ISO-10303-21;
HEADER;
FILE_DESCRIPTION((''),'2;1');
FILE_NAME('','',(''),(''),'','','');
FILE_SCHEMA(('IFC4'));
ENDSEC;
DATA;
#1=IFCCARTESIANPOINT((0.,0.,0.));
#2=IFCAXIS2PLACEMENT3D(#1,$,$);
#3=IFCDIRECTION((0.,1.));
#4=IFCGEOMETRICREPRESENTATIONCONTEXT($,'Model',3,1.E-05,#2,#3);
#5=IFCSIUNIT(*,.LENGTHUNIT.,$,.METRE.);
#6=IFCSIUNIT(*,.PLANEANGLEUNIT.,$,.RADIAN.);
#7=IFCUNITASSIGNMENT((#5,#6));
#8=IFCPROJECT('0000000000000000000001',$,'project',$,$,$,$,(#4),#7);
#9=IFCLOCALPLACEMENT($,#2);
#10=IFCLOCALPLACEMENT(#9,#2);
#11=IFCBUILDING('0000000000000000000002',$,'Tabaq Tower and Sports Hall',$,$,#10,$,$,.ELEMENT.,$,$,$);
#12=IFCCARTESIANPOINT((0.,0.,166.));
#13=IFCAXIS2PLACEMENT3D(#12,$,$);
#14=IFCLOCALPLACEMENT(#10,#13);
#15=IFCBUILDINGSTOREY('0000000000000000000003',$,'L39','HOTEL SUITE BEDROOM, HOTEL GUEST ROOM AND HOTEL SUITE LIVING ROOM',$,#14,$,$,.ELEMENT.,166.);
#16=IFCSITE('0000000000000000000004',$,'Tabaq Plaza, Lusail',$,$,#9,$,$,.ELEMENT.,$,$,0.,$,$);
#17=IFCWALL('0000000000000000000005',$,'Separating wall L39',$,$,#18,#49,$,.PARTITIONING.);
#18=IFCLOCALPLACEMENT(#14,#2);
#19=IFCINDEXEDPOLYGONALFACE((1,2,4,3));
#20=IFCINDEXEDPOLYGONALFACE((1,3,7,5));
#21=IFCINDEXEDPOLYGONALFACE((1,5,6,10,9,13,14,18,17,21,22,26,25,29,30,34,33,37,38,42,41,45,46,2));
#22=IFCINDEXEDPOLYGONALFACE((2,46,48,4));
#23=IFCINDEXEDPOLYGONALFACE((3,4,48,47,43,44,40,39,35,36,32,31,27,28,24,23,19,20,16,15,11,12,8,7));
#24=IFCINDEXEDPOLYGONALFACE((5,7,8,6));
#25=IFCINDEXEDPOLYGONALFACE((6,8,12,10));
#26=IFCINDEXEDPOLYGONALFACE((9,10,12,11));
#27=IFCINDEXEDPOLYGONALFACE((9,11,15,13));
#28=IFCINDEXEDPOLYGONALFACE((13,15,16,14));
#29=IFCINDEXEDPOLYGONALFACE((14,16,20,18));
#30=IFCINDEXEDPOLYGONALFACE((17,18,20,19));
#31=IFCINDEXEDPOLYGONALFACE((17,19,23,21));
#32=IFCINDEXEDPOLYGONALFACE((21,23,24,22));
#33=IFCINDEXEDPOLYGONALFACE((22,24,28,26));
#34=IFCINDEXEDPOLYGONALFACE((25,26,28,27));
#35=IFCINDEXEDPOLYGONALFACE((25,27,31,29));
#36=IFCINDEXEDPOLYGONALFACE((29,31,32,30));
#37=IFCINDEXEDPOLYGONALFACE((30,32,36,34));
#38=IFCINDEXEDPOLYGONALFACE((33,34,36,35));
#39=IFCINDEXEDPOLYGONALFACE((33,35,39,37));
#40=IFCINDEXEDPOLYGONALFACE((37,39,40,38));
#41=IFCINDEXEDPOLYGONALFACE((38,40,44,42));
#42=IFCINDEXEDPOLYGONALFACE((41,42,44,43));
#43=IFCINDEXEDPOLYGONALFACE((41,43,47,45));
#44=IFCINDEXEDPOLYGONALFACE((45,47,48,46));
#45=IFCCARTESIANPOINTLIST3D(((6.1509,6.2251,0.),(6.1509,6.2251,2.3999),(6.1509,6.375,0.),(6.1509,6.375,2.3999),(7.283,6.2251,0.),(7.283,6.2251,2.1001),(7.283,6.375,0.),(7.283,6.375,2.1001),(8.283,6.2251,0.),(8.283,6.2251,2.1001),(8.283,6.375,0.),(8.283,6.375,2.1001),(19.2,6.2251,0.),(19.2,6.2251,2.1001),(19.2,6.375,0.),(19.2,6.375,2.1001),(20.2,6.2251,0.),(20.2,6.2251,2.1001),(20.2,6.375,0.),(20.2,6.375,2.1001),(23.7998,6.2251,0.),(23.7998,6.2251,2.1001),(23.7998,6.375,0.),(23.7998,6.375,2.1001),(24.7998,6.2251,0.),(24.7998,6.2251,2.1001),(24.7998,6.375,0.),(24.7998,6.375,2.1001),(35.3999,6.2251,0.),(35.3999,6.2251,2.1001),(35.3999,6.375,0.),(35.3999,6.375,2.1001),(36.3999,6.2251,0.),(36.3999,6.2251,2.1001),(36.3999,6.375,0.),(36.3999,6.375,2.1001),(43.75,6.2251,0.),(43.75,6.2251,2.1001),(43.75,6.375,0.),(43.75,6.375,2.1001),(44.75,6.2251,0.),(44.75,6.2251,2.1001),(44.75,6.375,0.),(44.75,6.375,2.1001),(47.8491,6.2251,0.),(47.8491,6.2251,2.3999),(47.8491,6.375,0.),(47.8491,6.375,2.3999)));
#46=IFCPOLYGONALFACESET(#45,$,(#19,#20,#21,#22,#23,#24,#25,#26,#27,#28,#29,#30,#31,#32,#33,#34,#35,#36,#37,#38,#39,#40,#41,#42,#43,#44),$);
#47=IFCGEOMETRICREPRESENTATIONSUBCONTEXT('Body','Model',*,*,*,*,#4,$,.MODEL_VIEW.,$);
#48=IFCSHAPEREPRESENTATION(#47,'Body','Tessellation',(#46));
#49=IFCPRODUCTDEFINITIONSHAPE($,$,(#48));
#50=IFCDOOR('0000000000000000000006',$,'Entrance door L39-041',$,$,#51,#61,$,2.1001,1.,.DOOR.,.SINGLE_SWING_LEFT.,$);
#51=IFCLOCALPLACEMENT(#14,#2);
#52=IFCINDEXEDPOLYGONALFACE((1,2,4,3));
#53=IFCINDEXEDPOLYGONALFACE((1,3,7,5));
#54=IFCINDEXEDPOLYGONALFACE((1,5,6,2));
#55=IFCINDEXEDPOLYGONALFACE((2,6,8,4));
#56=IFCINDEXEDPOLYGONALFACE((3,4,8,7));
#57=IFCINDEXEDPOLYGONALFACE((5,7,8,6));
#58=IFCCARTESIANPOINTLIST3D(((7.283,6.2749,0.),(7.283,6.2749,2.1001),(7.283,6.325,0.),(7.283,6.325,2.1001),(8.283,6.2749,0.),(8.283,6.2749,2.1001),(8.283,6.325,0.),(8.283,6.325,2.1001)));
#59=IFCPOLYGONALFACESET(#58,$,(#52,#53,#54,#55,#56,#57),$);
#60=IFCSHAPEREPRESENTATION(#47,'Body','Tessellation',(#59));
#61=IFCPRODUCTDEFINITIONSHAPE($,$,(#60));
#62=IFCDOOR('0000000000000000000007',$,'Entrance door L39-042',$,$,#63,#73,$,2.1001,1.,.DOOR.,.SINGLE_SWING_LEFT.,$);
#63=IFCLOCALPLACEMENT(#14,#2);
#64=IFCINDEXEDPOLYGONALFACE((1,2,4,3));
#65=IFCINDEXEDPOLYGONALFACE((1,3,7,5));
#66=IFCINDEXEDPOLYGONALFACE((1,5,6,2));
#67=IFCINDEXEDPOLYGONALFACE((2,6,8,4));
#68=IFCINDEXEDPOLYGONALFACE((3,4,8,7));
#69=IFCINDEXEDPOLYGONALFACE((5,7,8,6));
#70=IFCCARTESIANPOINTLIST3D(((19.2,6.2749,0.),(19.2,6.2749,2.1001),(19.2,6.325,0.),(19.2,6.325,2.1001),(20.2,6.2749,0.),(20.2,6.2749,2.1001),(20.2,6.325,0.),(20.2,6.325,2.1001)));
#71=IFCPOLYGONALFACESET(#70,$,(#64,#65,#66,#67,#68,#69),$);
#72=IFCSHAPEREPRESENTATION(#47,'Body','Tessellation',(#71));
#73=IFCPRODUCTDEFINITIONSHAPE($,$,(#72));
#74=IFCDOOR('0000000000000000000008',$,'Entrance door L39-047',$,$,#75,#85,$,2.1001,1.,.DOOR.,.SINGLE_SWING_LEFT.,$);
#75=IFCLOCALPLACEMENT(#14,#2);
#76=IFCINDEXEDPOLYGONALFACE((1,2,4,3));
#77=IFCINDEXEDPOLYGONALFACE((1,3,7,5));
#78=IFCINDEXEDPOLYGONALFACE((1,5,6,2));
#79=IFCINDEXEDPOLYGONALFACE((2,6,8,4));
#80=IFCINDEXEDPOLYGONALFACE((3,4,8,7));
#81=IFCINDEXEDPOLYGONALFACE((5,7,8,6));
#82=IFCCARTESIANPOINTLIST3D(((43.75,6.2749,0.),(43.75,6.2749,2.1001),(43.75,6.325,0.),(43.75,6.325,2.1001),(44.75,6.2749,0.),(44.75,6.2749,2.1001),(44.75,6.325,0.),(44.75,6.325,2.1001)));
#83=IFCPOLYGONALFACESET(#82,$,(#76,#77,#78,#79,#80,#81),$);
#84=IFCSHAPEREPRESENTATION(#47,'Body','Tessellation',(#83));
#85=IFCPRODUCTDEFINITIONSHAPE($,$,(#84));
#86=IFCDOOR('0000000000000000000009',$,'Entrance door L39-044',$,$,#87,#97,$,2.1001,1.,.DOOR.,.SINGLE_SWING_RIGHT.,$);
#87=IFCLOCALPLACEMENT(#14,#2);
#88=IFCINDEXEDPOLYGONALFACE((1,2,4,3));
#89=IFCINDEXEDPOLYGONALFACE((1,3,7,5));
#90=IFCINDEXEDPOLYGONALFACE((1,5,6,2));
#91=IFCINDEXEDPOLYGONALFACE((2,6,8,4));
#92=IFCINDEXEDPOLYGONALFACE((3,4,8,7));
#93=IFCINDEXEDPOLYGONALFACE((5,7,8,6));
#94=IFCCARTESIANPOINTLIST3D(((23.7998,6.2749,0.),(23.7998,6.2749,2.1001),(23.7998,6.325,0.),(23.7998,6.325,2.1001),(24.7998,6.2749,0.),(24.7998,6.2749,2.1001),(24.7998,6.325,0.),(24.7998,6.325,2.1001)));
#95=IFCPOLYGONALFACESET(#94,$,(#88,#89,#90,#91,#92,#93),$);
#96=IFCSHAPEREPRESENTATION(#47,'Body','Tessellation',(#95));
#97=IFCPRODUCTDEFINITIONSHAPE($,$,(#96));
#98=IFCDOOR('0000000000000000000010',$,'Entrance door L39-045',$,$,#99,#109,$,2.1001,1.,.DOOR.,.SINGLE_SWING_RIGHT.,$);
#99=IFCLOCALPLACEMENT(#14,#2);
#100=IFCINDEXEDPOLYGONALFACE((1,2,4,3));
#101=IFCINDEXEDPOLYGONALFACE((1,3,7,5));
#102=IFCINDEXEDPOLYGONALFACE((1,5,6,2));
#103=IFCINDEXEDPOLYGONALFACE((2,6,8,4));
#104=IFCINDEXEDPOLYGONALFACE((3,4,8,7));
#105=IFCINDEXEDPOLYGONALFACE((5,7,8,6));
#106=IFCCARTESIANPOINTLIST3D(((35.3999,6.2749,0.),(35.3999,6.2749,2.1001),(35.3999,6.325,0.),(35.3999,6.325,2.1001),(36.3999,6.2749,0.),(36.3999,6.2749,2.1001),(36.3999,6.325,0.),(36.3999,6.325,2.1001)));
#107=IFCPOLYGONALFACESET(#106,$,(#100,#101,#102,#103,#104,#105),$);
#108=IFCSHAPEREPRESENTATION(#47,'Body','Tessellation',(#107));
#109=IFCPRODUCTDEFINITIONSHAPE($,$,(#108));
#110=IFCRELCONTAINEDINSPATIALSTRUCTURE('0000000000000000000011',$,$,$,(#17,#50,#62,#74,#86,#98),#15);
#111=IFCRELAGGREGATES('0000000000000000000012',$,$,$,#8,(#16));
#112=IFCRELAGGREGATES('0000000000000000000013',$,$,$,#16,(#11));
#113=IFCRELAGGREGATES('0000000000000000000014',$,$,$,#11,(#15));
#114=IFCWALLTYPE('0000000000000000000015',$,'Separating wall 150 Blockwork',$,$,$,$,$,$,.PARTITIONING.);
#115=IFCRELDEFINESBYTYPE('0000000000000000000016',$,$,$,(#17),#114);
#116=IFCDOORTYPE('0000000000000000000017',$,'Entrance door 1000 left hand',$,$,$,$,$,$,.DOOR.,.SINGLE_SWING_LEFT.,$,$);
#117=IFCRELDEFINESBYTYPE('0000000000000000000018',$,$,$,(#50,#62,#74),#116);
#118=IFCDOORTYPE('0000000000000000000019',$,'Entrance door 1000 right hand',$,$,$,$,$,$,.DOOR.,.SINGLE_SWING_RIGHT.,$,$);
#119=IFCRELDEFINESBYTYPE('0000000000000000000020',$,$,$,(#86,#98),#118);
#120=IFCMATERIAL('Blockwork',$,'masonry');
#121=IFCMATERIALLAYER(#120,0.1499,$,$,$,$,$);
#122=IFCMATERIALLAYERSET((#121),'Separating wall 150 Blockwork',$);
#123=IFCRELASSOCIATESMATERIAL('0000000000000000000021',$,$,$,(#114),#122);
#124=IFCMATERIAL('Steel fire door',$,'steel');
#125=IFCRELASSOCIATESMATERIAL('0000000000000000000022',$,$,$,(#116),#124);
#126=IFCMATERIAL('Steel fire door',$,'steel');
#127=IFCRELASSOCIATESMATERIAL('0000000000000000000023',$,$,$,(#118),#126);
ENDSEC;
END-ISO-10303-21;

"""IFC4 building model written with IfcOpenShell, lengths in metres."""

from ifc_helpers import new_model, si_unit, direction, frame, frame_2d, origin, place, context, subcontext, project, spatial, rectangle, extrude, material, layer, layer_set, type_object, element, fill, save


model = new_model("IFC4")

# Units and contexts
model_context = context("Model", 3, precision=1e-05, world=origin(), true_north=direction((0.0, 1.0)))
body_context = subcontext(model_context, "Body", "Model", "MODEL_VIEW")
ifc_project = project(units=[si_unit("LENGTHUNIT", "METRE"), si_unit("PLANEANGLEUNIT", "RADIAN")], contexts=[model_context])

# Site, building, storey
site_placement = place(None, origin())
site = spatial("IfcSite", under=ifc_project, at=site_placement, Name="Tabaq Plaza, Lusail", CompositionType="ELEMENT", RefElevation=0.0)
building_placement = place(site_placement, origin())
building = spatial("IfcBuilding", under=site, at=building_placement, Name="Tabaq Tower and Sports Hall", CompositionType="ELEMENT")
storey_placement = place(building_placement, frame((0.0, 0.0, 166.0)))
storey = spatial("IfcBuildingStorey", under=building, at=storey_placement, Name="L39", Description="HOTEL SUITE BEDROOM, HOTEL GUEST ROOM AND HOTEL SUITE LIVING ROOM", CompositionType="ELEMENT", Elevation=166.0)

# Wall, openings, doors
ifc_material_1 = material(Name="Blockwork", Category="masonry")
ifc_layer_1 = layer(ifc_material_1, 0.1499)
ifc_layer_set_1 = layer_set([ifc_layer_1], Name="Separating wall 150 Blockwork")
wall_type_1 = type_object("IfcWallType", Name="Separating wall 150 Blockwork", PredefinedType="PARTITIONING", material=ifc_layer_set_1)
wall_1_placement = place(storey_placement, frame((6.1509, 6.3, 0.0), z_axis=(0.0, 0.0, 1.0), x_axis=(1.0, 0.0, 0.0)))
wall_1 = element("IfcWall", 1, at=wall_1_placement, inside=storey, type_object=wall_type_1, Name="Separating wall L39", PredefinedType="PARTITIONING", context=body_context, shape_type="SweptSolid", body=[
    extrude(rectangle(XDim=41.6982, YDim=0.1499, at=frame_2d((20.8491, 0.0))), origin(), (0.0, 0.0, 1.0), 2.3999),
])
opening_1_placement = place(wall_1_placement, frame((1.1321, 0.0, 0.0)))
opening_1 = element("IfcOpeningElement", 2, at=opening_1_placement, cuts=wall_1, PredefinedType="OPENING", context=body_context, shape_type="SweptSolid", body=[
    extrude(rectangle(XDim=1.0, YDim=2.1001, at=frame_2d((0.5, 1.05))), frame((0.0, 0.075, 0.0), z_axis=(0.0, -1.0, 0.0), x_axis=(1.0, 0.0, 0.0)), (0.0, 0.0, 1.0), 0.1499),
])
opening_2_placement = place(wall_1_placement, frame((13.0491, 0.0, 0.0)))
opening_2 = element("IfcOpeningElement", 3, at=opening_2_placement, cuts=wall_1, PredefinedType="OPENING", context=body_context, shape_type="SweptSolid", body=[
    extrude(rectangle(XDim=1.0, YDim=2.1001, at=frame_2d((0.5, 1.05))), frame((0.0, 0.075, 0.0), z_axis=(0.0, -1.0, 0.0), x_axis=(1.0, 0.0, 0.0)), (0.0, 0.0, 1.0), 0.1499),
])
opening_3_placement = place(wall_1_placement, frame((17.6489, 0.0, 0.0)))
opening_3 = element("IfcOpeningElement", 4, at=opening_3_placement, cuts=wall_1, PredefinedType="OPENING", context=body_context, shape_type="SweptSolid", body=[
    extrude(rectangle(XDim=1.0, YDim=2.1001, at=frame_2d((0.5, 1.05))), frame((0.0, 0.075, 0.0), z_axis=(0.0, -1.0, 0.0), x_axis=(1.0, 0.0, 0.0)), (0.0, 0.0, 1.0), 0.1499),
])
opening_4_placement = place(wall_1_placement, frame((29.249, 0.0, 0.0)))
opening_4 = element("IfcOpeningElement", 5, at=opening_4_placement, cuts=wall_1, PredefinedType="OPENING", context=body_context, shape_type="SweptSolid", body=[
    extrude(rectangle(XDim=1.0, YDim=2.1001, at=frame_2d((0.5, 1.05))), frame((0.0, 0.075, 0.0), z_axis=(0.0, -1.0, 0.0), x_axis=(1.0, 0.0, 0.0)), (0.0, 0.0, 1.0), 0.1499),
])
opening_5_placement = place(wall_1_placement, frame((37.5991, 0.0, 0.0)))
opening_5 = element("IfcOpeningElement", 6, at=opening_5_placement, cuts=wall_1, PredefinedType="OPENING", context=body_context, shape_type="SweptSolid", body=[
    extrude(rectangle(XDim=1.0, YDim=2.1001, at=frame_2d((0.5, 1.05))), frame((0.0, 0.075, 0.0), z_axis=(0.0, -1.0, 0.0), x_axis=(1.0, 0.0, 0.0)), (0.0, 0.0, 1.0), 0.1499),
])
ifc_material_2 = material(Name="Steel fire door", Category="steel")
door_type_1 = type_object("IfcDoorType", Name="Entrance door 1000 left hand", OperationType="SINGLE_SWING_LEFT", PredefinedType="DOOR", material=ifc_material_2)
door_1_placement = place(opening_1_placement, origin())
door_1 = element("IfcDoor", 7, at=door_1_placement, inside=storey, type_object=door_type_1, Name="Entrance door L39-041", OperationType="SINGLE_SWING_LEFT", OverallHeight=2.1001, OverallWidth=1.0, PredefinedType="DOOR", context=body_context, shape_type="SweptSolid", body=[
    extrude(rectangle(XDim=1.0, YDim=2.1001, at=frame_2d((0.5, 1.05))), frame((0.0, 0.0249, 0.0), z_axis=(0.0, -1.0, 0.0), x_axis=(1.0, 0.0, 0.0)), (0.0, 0.0, 1.0), 0.05),
])
fill(opening_1, door_1)
door_2_placement = place(opening_2_placement, origin())
door_2 = element("IfcDoor", 8, at=door_2_placement, inside=storey, type_object=door_type_1, Name="Entrance door L39-042", OperationType="SINGLE_SWING_LEFT", OverallHeight=2.1001, OverallWidth=1.0, PredefinedType="DOOR", context=body_context, shape_type="SweptSolid", body=[
    extrude(rectangle(XDim=1.0, YDim=2.1001, at=frame_2d((0.5, 1.05))), frame((0.0, 0.0249, 0.0), z_axis=(0.0, -1.0, 0.0), x_axis=(1.0, 0.0, 0.0)), (0.0, 0.0, 1.0), 0.05),
])
fill(opening_2, door_2)
door_3_placement = place(opening_5_placement, origin())
door_3 = element("IfcDoor", 9, at=door_3_placement, inside=storey, type_object=door_type_1, Name="Entrance door L39-047", OperationType="SINGLE_SWING_LEFT", OverallHeight=2.1001, OverallWidth=1.0, PredefinedType="DOOR", context=body_context, shape_type="SweptSolid", body=[
    extrude(rectangle(XDim=1.0, YDim=2.1001, at=frame_2d((0.5, 1.05))), frame((0.0, 0.0249, 0.0), z_axis=(0.0, -1.0, 0.0), x_axis=(1.0, 0.0, 0.0)), (0.0, 0.0, 1.0), 0.05),
])
fill(opening_5, door_3)
ifc_material_3 = material(Name="Steel fire door", Category="steel")
door_type_2 = type_object("IfcDoorType", Name="Entrance door 1000 right hand", OperationType="SINGLE_SWING_RIGHT", PredefinedType="DOOR", material=ifc_material_3)
door_4_placement = place(opening_3_placement, origin())
door_4 = element("IfcDoor", 10, at=door_4_placement, inside=storey, type_object=door_type_2, Name="Entrance door L39-044", OperationType="SINGLE_SWING_RIGHT", OverallHeight=2.1001, OverallWidth=1.0, PredefinedType="DOOR", context=body_context, shape_type="SweptSolid", body=[
    extrude(rectangle(XDim=1.0, YDim=2.1001, at=frame_2d((0.5, 1.05))), frame((0.0, 0.0249, 0.0), z_axis=(0.0, -1.0, 0.0), x_axis=(1.0, 0.0, 0.0)), (0.0, 0.0, 1.0), 0.05),
])
fill(opening_3, door_4)
door_5_placement = place(opening_4_placement, origin())
door_5 = element("IfcDoor", 11, at=door_5_placement, inside=storey, type_object=door_type_2, Name="Entrance door L39-045", OperationType="SINGLE_SWING_RIGHT", OverallHeight=2.1001, OverallWidth=1.0, PredefinedType="DOOR", context=body_context, shape_type="SweptSolid", body=[
    extrude(rectangle(XDim=1.0, YDim=2.1001, at=frame_2d((0.5, 1.05))), frame((0.0, 0.0249, 0.0), z_axis=(0.0, -1.0, 0.0), x_axis=(1.0, 0.0, 0.0)), (0.0, 0.0, 1.0), 0.05),
])
fill(opening_4, door_5)

save(model, "model.ifc")
